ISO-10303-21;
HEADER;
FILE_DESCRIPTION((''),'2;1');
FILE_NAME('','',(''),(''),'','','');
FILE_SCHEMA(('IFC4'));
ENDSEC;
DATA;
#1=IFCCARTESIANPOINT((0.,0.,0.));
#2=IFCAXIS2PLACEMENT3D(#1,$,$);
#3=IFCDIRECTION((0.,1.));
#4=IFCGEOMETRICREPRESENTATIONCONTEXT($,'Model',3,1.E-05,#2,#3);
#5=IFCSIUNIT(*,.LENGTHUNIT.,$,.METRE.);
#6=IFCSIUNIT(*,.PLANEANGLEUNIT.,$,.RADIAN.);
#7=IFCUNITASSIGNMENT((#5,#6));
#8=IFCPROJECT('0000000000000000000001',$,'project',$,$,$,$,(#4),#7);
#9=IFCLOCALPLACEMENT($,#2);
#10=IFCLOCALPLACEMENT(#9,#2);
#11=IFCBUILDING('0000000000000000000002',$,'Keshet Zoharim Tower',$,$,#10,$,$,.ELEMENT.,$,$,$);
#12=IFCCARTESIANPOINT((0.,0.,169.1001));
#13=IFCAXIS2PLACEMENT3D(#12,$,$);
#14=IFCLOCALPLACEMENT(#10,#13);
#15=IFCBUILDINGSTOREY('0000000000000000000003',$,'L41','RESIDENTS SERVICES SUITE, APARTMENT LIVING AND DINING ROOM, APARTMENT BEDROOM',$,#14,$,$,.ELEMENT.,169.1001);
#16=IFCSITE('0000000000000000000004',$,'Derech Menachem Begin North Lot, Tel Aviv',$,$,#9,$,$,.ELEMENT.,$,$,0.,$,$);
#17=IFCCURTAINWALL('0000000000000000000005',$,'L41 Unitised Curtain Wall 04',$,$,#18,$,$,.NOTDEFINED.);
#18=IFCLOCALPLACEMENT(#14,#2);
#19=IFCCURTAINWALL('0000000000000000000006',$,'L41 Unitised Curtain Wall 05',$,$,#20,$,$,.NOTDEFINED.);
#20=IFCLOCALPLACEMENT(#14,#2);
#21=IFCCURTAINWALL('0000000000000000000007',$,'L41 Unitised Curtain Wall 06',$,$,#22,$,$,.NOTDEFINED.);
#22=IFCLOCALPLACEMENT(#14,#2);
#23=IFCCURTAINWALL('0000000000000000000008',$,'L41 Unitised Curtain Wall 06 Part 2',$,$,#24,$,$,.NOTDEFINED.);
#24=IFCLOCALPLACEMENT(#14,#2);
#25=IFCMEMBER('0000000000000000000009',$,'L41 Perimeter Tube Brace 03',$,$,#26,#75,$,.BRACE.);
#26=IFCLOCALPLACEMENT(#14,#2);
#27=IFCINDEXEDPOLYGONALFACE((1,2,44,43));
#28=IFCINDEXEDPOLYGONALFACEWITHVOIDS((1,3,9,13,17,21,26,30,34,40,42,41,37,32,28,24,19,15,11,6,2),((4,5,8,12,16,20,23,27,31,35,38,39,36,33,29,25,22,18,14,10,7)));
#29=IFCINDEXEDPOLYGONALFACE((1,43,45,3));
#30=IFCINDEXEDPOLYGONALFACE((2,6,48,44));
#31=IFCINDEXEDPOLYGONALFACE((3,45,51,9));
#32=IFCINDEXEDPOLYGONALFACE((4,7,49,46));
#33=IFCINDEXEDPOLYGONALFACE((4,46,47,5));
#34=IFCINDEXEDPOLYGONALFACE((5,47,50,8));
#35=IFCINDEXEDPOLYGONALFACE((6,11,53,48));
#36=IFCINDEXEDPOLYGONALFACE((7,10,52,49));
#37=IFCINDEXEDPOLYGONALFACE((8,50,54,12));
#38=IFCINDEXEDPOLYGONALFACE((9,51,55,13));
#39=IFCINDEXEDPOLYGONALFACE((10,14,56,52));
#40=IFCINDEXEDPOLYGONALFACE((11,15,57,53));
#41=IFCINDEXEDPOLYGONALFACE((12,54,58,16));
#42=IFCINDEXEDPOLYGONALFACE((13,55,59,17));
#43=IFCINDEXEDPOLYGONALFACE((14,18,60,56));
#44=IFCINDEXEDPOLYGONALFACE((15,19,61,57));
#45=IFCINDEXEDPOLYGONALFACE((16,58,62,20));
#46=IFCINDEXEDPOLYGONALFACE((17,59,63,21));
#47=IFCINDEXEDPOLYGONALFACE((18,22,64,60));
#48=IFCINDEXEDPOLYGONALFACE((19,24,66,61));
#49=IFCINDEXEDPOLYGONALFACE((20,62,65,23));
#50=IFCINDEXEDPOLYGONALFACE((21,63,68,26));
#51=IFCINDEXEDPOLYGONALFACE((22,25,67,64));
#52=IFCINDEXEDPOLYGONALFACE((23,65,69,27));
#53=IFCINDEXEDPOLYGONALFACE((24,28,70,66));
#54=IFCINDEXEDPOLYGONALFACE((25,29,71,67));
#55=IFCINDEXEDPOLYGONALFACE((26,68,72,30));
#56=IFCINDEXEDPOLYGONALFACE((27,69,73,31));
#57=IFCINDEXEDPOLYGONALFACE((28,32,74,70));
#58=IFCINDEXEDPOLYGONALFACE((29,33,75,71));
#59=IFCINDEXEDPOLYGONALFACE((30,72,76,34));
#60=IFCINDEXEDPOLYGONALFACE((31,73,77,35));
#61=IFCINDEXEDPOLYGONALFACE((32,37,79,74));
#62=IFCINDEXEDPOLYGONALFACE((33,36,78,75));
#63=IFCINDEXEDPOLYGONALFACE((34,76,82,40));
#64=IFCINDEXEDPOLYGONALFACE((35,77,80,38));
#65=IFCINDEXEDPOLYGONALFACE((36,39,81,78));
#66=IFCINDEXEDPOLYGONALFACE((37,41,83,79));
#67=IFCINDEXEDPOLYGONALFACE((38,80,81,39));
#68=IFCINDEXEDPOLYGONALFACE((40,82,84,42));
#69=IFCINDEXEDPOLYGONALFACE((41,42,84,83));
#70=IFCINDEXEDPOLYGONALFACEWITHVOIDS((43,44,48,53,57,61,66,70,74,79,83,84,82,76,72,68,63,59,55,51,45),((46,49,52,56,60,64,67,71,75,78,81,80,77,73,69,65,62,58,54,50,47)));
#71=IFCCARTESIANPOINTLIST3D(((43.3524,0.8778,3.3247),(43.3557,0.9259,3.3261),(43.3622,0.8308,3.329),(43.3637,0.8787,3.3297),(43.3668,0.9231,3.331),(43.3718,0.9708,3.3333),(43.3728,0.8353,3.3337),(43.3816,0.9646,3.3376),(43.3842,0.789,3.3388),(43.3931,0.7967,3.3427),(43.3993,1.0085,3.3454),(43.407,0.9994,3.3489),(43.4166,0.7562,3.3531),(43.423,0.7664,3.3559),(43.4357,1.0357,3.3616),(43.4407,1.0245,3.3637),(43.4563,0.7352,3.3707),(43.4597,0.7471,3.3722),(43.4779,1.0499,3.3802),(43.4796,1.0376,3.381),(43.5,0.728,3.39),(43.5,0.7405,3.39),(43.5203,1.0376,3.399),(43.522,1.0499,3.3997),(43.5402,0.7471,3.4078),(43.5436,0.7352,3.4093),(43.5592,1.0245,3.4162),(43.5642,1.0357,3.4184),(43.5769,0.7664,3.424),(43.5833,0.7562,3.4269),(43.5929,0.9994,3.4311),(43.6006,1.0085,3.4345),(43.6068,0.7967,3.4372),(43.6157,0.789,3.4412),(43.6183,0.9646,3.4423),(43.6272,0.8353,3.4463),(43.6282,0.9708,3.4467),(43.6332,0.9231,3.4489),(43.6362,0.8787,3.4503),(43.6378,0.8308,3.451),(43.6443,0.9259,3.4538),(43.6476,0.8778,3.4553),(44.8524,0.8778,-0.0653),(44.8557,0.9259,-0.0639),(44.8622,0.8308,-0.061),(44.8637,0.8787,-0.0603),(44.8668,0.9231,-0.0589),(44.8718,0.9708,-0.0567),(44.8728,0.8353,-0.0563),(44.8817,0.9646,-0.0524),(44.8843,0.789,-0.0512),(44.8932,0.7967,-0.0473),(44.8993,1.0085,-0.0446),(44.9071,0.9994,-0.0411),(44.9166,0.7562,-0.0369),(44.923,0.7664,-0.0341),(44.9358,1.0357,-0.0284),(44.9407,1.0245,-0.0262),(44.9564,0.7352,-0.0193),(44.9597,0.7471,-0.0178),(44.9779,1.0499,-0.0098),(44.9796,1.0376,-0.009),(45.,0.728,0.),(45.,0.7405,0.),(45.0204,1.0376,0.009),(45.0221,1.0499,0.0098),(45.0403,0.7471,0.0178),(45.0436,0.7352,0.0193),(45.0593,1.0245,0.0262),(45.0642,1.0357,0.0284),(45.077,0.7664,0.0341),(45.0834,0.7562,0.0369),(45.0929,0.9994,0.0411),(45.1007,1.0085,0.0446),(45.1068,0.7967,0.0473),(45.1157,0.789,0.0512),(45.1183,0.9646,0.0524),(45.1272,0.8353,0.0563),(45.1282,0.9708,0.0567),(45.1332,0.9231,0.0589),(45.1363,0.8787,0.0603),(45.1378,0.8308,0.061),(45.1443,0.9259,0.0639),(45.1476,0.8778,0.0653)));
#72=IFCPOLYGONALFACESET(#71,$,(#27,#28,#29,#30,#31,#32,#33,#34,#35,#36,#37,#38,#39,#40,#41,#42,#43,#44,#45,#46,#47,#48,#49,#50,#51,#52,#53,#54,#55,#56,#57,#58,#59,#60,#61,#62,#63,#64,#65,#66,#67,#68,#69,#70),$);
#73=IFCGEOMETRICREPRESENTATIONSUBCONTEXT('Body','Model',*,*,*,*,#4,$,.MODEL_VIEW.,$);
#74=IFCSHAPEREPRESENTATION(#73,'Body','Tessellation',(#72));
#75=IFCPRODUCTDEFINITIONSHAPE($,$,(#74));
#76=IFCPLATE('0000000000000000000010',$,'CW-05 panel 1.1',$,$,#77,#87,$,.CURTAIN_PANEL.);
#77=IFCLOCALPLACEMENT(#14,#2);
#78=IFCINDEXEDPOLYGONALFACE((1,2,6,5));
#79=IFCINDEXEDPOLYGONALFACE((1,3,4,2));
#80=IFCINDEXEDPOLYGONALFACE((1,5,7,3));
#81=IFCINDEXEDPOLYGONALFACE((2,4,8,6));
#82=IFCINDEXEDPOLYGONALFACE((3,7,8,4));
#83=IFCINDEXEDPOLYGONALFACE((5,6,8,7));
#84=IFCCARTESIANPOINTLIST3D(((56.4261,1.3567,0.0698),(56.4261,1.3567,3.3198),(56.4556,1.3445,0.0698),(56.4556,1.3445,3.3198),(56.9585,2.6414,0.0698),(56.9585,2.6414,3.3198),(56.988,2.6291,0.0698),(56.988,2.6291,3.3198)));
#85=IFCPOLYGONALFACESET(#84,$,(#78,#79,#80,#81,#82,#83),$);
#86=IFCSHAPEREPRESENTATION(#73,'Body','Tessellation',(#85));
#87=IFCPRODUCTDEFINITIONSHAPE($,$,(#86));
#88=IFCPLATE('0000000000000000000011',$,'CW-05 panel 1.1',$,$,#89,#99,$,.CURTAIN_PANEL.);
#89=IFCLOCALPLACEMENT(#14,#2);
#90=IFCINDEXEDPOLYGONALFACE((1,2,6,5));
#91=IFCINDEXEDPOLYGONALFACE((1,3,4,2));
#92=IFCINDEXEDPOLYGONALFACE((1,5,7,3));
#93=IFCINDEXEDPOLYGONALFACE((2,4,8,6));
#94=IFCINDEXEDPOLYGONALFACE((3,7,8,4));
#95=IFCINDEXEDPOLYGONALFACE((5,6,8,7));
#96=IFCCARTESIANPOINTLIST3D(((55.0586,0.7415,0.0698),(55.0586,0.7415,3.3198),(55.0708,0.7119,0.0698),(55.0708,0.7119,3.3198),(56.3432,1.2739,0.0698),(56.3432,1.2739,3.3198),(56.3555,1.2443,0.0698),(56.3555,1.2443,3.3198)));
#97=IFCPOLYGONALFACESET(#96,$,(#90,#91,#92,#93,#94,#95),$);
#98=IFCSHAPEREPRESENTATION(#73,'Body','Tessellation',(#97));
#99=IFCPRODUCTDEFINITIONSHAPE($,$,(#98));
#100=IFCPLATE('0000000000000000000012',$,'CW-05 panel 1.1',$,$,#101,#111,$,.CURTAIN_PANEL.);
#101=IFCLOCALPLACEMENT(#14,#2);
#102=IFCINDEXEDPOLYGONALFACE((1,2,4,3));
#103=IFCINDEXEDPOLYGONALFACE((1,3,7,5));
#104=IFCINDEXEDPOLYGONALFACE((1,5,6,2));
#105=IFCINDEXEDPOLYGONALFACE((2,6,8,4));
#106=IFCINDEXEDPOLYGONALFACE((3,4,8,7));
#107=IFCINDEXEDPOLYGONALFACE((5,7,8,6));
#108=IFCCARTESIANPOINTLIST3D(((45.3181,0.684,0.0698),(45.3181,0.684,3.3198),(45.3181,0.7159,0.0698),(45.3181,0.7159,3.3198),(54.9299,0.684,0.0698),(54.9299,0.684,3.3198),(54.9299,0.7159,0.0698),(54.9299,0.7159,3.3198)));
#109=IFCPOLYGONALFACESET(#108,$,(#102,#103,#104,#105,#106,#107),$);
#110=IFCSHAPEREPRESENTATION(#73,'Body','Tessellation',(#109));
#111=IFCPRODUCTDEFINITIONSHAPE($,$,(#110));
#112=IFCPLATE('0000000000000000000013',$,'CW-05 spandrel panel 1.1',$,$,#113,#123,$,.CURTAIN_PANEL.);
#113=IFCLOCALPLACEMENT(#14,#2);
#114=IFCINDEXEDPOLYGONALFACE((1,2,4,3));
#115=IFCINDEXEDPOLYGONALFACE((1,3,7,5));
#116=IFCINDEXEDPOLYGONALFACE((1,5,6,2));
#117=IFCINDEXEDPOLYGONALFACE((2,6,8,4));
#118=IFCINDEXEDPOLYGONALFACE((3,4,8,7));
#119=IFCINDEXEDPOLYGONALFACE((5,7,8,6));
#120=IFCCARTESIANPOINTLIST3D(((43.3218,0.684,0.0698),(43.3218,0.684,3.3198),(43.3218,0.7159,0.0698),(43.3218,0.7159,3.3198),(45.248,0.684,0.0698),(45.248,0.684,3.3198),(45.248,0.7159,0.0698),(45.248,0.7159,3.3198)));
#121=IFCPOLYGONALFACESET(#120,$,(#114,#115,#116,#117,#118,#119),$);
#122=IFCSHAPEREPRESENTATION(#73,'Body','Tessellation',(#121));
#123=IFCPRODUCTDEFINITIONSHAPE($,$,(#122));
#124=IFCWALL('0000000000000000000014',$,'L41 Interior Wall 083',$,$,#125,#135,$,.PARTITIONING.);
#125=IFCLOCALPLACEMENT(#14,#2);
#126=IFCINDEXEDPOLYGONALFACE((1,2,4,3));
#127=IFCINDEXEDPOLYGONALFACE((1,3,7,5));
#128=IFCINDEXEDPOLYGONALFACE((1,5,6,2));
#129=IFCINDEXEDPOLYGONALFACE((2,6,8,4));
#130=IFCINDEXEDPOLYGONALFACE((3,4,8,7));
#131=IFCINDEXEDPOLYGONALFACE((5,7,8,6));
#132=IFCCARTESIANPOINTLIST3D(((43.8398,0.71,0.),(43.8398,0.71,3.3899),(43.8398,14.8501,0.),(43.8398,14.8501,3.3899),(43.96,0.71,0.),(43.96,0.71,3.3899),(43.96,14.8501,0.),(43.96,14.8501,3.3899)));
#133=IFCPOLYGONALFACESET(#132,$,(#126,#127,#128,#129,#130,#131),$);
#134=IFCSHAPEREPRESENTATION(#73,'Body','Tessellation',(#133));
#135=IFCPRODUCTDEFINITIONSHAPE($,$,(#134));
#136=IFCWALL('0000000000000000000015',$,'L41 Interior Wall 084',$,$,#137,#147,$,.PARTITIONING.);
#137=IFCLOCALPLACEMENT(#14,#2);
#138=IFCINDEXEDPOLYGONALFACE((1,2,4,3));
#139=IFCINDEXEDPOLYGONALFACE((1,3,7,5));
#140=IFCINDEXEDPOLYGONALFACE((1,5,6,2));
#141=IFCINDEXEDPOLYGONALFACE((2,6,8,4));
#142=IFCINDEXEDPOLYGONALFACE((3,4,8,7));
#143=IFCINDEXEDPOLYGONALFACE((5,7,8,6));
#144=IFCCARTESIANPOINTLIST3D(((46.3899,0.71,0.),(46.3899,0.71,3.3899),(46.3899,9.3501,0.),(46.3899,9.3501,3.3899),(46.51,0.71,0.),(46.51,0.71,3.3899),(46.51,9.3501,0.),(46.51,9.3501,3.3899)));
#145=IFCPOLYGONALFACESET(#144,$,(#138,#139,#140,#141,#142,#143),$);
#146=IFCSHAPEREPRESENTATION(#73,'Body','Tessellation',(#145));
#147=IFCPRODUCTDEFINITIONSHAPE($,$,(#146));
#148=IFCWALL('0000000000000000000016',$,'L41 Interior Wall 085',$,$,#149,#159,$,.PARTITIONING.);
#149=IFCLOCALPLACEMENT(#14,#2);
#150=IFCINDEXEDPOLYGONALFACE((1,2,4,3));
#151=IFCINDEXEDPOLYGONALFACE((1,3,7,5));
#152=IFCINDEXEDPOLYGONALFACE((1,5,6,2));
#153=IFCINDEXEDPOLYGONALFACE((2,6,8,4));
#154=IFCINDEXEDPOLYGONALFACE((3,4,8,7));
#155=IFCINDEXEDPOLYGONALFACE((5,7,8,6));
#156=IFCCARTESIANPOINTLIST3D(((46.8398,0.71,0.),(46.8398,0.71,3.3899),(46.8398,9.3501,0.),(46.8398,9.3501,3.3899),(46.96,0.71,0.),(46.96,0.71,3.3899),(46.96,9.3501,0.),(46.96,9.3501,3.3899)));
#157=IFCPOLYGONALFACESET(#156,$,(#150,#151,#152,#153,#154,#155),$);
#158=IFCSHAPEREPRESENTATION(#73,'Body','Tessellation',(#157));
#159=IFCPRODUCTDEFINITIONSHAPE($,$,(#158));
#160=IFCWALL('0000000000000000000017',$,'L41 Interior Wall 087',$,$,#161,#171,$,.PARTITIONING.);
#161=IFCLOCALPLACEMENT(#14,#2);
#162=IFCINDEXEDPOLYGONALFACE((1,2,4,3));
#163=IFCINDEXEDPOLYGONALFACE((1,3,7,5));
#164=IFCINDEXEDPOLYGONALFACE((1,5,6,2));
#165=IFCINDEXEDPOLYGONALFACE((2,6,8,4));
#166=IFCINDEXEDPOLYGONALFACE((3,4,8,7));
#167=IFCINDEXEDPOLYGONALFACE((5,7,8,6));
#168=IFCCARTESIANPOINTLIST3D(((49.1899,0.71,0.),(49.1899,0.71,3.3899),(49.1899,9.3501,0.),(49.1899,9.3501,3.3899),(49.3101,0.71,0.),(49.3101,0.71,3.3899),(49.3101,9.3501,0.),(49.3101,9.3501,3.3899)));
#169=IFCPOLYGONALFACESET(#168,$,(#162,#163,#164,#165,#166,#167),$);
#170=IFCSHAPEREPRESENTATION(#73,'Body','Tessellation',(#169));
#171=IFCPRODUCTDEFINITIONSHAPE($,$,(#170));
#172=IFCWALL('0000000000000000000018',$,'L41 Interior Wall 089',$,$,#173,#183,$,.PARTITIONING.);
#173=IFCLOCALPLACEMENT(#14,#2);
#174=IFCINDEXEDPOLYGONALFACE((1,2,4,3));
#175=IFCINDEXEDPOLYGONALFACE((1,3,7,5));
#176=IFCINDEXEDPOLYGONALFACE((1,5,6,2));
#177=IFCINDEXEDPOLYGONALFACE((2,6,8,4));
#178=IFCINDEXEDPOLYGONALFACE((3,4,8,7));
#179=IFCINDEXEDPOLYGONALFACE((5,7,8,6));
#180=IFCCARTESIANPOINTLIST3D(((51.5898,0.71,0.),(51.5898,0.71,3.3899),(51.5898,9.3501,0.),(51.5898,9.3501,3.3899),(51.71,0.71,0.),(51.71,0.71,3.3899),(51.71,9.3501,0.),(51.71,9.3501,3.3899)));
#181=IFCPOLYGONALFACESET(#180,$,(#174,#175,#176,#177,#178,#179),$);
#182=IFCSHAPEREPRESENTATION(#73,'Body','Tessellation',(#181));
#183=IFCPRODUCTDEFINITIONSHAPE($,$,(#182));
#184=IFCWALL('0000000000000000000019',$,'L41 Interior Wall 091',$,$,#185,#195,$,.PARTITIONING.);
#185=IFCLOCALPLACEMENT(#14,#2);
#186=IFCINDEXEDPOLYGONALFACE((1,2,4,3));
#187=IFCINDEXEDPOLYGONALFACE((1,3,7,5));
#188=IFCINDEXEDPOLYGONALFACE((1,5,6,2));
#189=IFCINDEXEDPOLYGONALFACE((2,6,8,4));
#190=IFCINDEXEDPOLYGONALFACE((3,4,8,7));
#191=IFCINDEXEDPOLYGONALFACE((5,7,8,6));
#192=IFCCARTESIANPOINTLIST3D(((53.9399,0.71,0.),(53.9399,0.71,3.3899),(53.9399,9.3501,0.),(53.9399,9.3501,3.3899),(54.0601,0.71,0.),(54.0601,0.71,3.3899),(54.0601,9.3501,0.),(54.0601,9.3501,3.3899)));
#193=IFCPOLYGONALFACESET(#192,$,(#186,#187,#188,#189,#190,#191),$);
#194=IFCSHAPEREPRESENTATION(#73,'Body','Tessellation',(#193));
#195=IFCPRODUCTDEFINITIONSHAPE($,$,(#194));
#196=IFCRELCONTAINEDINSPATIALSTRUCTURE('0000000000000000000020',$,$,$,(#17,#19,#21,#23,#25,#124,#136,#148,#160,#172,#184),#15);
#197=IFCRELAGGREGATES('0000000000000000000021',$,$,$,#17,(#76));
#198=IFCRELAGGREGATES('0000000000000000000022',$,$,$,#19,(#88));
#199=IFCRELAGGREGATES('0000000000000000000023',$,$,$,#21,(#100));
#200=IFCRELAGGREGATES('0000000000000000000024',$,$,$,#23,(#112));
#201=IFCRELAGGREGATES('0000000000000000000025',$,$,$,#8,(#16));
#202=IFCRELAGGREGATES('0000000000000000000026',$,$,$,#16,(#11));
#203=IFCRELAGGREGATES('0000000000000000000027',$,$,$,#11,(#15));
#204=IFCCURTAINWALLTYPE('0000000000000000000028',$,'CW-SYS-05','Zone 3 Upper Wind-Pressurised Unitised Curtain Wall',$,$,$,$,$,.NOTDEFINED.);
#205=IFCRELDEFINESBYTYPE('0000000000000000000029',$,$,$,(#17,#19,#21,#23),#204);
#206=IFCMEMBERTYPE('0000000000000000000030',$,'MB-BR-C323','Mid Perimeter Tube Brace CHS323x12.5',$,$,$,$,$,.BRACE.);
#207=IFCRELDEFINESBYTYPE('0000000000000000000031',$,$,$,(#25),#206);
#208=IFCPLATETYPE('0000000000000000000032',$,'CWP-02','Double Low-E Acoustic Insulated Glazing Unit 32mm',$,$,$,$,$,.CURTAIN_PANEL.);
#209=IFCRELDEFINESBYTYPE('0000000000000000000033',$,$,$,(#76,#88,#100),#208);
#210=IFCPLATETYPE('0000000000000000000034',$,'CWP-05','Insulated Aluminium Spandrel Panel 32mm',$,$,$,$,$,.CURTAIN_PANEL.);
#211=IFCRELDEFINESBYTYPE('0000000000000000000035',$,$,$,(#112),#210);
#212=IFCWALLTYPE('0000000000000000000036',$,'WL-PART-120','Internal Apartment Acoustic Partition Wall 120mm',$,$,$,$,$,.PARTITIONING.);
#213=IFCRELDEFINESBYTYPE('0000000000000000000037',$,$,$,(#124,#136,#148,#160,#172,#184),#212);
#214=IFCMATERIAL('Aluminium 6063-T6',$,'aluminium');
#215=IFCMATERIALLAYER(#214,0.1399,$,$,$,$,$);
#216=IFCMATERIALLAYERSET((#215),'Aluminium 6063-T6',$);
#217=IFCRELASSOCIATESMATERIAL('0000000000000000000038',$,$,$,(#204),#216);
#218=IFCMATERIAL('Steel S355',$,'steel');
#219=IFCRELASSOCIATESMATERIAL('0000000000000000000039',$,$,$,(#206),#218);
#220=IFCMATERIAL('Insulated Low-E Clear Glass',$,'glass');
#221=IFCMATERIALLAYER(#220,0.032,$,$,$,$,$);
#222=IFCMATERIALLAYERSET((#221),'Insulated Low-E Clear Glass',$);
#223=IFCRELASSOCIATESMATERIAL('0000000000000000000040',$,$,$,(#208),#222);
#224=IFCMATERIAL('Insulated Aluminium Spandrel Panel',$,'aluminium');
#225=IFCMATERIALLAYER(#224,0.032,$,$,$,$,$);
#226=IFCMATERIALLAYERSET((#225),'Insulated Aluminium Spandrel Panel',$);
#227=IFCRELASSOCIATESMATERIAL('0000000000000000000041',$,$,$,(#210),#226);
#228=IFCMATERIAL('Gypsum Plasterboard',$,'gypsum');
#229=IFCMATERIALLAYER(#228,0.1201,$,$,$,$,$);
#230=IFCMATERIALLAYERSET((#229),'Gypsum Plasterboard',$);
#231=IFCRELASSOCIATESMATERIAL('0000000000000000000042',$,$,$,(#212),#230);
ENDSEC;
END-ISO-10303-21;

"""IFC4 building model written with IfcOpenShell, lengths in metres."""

from ifc_helpers import new_model, si_unit, direction, frame, frame_2d, origin, origin_2d, place, context, subcontext, project, spatial, rectangle, hollow_circle, extrude, material, layer, layer_set, material_profile, profile_set, type_object, element, aggregate, save


model = new_model("IFC4")

# Units and contexts
model_context = context("Model", 3, precision=1e-05, world=origin(), true_north=direction((0.0, 1.0)))
body_context = subcontext(model_context, "Body", "Model", "MODEL_VIEW")
ifc_project = project(units=[si_unit("LENGTHUNIT", "METRE"), si_unit("PLANEANGLEUNIT", "RADIAN")], contexts=[model_context])

# Site, building, storey
site_placement = place(None, origin())
site = spatial("IfcSite", under=ifc_project, at=site_placement, Name="Derech Menachem Begin North Lot, Tel Aviv", CompositionType="ELEMENT", RefElevation=0.0)
building_placement = place(site_placement, origin())
building = spatial("IfcBuilding", under=site, at=building_placement, Name="Keshet Zoharim Tower", CompositionType="ELEMENT")
storey_placement = place(building_placement, frame((0.0, 0.0, 169.1001)))
storey = spatial("IfcBuildingStorey", under=building, at=storey_placement, Name="L41", Description="RESIDENTS SERVICES SUITE, APARTMENT LIVING AND DINING ROOM, APARTMENT BEDROOM", CompositionType="ELEMENT", Elevation=169.1001)

# Shared definitions
ifc_material_1 = material(Name="Steel S355", Category="steel")

# Curtain wall
ifc_material_2 = material(Name="Aluminium 6063-T6", Category="aluminium")
ifc_layer_1 = layer(ifc_material_2, 0.1399)
ifc_layer_set_1 = layer_set([ifc_layer_1], Name="Aluminium 6063-T6")
curtain_wall_type = type_object("IfcCurtainWallType", Name="CW-SYS-05", Description="Zone 3 Upper Wind-Pressurised Unitised Curtain Wall", PredefinedType="NOTDEFINED", material=ifc_layer_set_1)
curtain_wall_1_placement = place(storey_placement, origin())
curtain_wall_1 = element("IfcCurtainWall", 1, at=curtain_wall_1_placement, inside=storey, type_object=curtain_wall_type, Name="L41 Unitised Curtain Wall 04", PredefinedType="NOTDEFINED")

# Curtain walls
curtain_wall_2_placement = place(storey_placement, origin())
curtain_wall_2 = element("IfcCurtainWall", 2, at=curtain_wall_2_placement, inside=storey, type_object=curtain_wall_type, Name="L41 Unitised Curtain Wall 05", PredefinedType="NOTDEFINED")
curtain_wall_3_placement = place(storey_placement, origin())
curtain_wall_3 = element("IfcCurtainWall", 3, at=curtain_wall_3_placement, inside=storey, type_object=curtain_wall_type, Name="L41 Unitised Curtain Wall 06", PredefinedType="NOTDEFINED")

# Curtain wall
curtain_wall_4_placement = place(storey_placement, origin())
curtain_wall_4 = element("IfcCurtainWall", 4, at=curtain_wall_4_placement, inside=storey, type_object=curtain_wall_type, Name="L41 Unitised Curtain Wall 06 Part 2", PredefinedType="NOTDEFINED")

# Member
ifc_material_profile_1 = material_profile(ifc_material_1, hollow_circle(Radius=0.1619, WallThickness=0.0125, at=origin_2d()), Name="CHS323x12.5")
ifc_profile_set_1 = profile_set([ifc_material_profile_1], Name="Steel S355")
member_type_1 = type_object("IfcMemberType", Name="MB-BR-C323", Description="Mid Perimeter Tube Brace CHS323x12.5", PredefinedType="BRACE", material=ifc_profile_set_1)
member_1_placement = place(storey_placement, frame((45.0, 0.8899, 0.0), z_axis=(-0.404647, 0.0, 0.914473), x_axis=(0.0, -1.0, 0.0)))
element("IfcMember", 5, at=member_1_placement, inside=storey, type_object=member_type_1, Name="L41 Perimeter Tube Brace 03", PredefinedType="BRACE", context=body_context, shape_type="SweptSolid", body=[
    extrude(hollow_circle(Radius=0.1619, WallThickness=0.0125, at=origin_2d()), origin(), (0.0, 0.0, 1.0), 3.707),
])

# Plates
ifc_material_3 = material(Name="Insulated Low-E Clear Glass", Category="glass")
ifc_layer_2 = layer(ifc_material_3, 0.032)
ifc_layer_set_2 = layer_set([ifc_layer_2], Name="Insulated Low-E Clear Glass")
plate_type_1 = type_object("IfcPlateType", Name="CWP-02", Description="Double Low-E Acoustic Insulated Glazing Unit 32mm", PredefinedType="CURTAIN_PANEL", material=ifc_layer_set_2)
plate_1_placement = place(storey_placement, frame((56.707, 1.9929, 0.0698), z_axis=(0.0, 0.0, 1.0), x_axis=(-0.382852, -0.92381, 0.0)))
plate_1 = element("IfcPlate", 6, at=plate_1_placement, type_object=plate_type_1, Name="CW-05 panel 1.1", PredefinedType="CURTAIN_PANEL", context=body_context, shape_type="SweptSolid", body=[
    extrude(rectangle(XDim=1.3906, YDim=0.032, at=origin_2d()), origin(), (0.0, 0.0, 1.0), 3.25),
])
aggregate(curtain_wall_1, [plate_1])
plate_2_placement = place(storey_placement, frame((55.707, 0.9929, 0.0698), z_axis=(0.0, 0.0, 1.0), x_axis=(-0.92381, -0.382852, 0.0)))
plate_2 = element("IfcPlate", 7, at=plate_2_placement, type_object=plate_type_1, Name="CW-05 panel 1.1", PredefinedType="CURTAIN_PANEL", context=body_context, shape_type="SweptSolid", body=[
    extrude(rectangle(XDim=1.3906, YDim=0.032, at=origin_2d()), origin(), (0.0, 0.0, 1.0), 3.25),
])
aggregate(curtain_wall_2, [plate_2])
plate_3_placement = place(storey_placement, frame((50.124, 0.7, 0.0698), z_axis=(0.0, 0.0, 1.0), x_axis=(-1.0, 0.0, 0.0)))
plate_3 = element("IfcPlate", 8, at=plate_3_placement, type_object=plate_type_1, Name="CW-05 panel 1.1", PredefinedType="CURTAIN_PANEL", context=body_context, shape_type="SweptSolid", body=[
    extrude(rectangle(XDim=9.6118, YDim=0.032, at=origin_2d()), origin(), (0.0, 0.0, 1.0), 3.25),
])
aggregate(curtain_wall_3, [plate_3])
ifc_material_4 = material(Name="Insulated Aluminium Spandrel Panel", Category="aluminium")
ifc_layer_3 = layer(ifc_material_4, 0.032)
ifc_layer_set_3 = layer_set([ifc_layer_3], Name="Insulated Aluminium Spandrel Panel")
plate_type_2 = type_object("IfcPlateType", Name="CWP-05", Description="Insulated Aluminium Spandrel Panel 32mm", PredefinedType="CURTAIN_PANEL", material=ifc_layer_set_3)
plate_4_placement = place(storey_placement, frame((44.2849, 0.7, 0.0698), z_axis=(0.0, 0.0, 1.0), x_axis=(-1.0, 0.0, 0.0)))
plate_4 = element("IfcPlate", 9, at=plate_4_placement, type_object=plate_type_2, Name="CW-05 spandrel panel 1.1", PredefinedType="CURTAIN_PANEL", context=body_context, shape_type="SweptSolid", body=[
    extrude(rectangle(XDim=1.9263, YDim=0.032, at=origin_2d()), origin(), (0.0, 0.0, 1.0), 3.25),
])
aggregate(curtain_wall_4, [plate_4])

# Walls
ifc_material_5 = material(Name="Gypsum Plasterboard", Category="gypsum")
ifc_layer_4 = layer(ifc_material_5, 0.1201)
ifc_layer_set_4 = layer_set([ifc_layer_4], Name="Gypsum Plasterboard")
wall_type = type_object("IfcWallType", Name="WL-PART-120", Description="Internal Apartment Acoustic Partition Wall 120mm", PredefinedType="PARTITIONING", material=ifc_layer_set_4)
wall_placement = place(storey_placement, frame((43.8999, 0.71, 0.0), z_axis=(0.0, 0.0, 1.0), x_axis=(0.0, 1.0, 0.0)))
element("IfcWall", 10, at=wall_placement, inside=storey, type_object=wall_type, Name="L41 Interior Wall 083", PredefinedType="PARTITIONING", context=body_context, shape_type="SweptSolid", body=[
    extrude(rectangle(XDim=14.1401, YDim=0.1201, at=frame_2d((7.0701, 0.0))), origin(), (0.0, 0.0, 1.0), 3.3899),
])
for number, where, z_axis, x_axis, name in (
    (11, (46.45, 0.71, 0.0), (0.0, 0.0, 1.0), (0.0, 1.0, 0.0), "L41 Interior Wall 084"),
    (12, (46.8999, 0.71, 0.0), (0.0, 0.0, 1.0), (0.0, 1.0, 0.0), "L41 Interior Wall 085"),
    (13, (49.25, 0.71, 0.0), (0.0, 0.0, 1.0), (0.0, 1.0, 0.0), "L41 Interior Wall 087"),
    (14, (51.6499, 0.71, 0.0), (0.0, 0.0, 1.0), (0.0, 1.0, 0.0), "L41 Interior Wall 089"),
    (15, (54.0, 0.71, 0.0), (0.0, 0.0, 1.0), (0.0, 1.0, 0.0), "L41 Interior Wall 091"),
):
    element("IfcWall", number, at=place(storey_placement, frame(where, z_axis=z_axis, x_axis=x_axis)), inside=storey, type_object=wall_type, Name=name, PredefinedType="PARTITIONING", context=body_context, shape_type="SweptSolid", body=[
        extrude(rectangle(XDim=8.6401, YDim=0.1201, at=frame_2d((4.3201, 0.0))), origin(), (0.0, 0.0, 1.0), 3.3899),
    ])

save(model, "model.ifc")
